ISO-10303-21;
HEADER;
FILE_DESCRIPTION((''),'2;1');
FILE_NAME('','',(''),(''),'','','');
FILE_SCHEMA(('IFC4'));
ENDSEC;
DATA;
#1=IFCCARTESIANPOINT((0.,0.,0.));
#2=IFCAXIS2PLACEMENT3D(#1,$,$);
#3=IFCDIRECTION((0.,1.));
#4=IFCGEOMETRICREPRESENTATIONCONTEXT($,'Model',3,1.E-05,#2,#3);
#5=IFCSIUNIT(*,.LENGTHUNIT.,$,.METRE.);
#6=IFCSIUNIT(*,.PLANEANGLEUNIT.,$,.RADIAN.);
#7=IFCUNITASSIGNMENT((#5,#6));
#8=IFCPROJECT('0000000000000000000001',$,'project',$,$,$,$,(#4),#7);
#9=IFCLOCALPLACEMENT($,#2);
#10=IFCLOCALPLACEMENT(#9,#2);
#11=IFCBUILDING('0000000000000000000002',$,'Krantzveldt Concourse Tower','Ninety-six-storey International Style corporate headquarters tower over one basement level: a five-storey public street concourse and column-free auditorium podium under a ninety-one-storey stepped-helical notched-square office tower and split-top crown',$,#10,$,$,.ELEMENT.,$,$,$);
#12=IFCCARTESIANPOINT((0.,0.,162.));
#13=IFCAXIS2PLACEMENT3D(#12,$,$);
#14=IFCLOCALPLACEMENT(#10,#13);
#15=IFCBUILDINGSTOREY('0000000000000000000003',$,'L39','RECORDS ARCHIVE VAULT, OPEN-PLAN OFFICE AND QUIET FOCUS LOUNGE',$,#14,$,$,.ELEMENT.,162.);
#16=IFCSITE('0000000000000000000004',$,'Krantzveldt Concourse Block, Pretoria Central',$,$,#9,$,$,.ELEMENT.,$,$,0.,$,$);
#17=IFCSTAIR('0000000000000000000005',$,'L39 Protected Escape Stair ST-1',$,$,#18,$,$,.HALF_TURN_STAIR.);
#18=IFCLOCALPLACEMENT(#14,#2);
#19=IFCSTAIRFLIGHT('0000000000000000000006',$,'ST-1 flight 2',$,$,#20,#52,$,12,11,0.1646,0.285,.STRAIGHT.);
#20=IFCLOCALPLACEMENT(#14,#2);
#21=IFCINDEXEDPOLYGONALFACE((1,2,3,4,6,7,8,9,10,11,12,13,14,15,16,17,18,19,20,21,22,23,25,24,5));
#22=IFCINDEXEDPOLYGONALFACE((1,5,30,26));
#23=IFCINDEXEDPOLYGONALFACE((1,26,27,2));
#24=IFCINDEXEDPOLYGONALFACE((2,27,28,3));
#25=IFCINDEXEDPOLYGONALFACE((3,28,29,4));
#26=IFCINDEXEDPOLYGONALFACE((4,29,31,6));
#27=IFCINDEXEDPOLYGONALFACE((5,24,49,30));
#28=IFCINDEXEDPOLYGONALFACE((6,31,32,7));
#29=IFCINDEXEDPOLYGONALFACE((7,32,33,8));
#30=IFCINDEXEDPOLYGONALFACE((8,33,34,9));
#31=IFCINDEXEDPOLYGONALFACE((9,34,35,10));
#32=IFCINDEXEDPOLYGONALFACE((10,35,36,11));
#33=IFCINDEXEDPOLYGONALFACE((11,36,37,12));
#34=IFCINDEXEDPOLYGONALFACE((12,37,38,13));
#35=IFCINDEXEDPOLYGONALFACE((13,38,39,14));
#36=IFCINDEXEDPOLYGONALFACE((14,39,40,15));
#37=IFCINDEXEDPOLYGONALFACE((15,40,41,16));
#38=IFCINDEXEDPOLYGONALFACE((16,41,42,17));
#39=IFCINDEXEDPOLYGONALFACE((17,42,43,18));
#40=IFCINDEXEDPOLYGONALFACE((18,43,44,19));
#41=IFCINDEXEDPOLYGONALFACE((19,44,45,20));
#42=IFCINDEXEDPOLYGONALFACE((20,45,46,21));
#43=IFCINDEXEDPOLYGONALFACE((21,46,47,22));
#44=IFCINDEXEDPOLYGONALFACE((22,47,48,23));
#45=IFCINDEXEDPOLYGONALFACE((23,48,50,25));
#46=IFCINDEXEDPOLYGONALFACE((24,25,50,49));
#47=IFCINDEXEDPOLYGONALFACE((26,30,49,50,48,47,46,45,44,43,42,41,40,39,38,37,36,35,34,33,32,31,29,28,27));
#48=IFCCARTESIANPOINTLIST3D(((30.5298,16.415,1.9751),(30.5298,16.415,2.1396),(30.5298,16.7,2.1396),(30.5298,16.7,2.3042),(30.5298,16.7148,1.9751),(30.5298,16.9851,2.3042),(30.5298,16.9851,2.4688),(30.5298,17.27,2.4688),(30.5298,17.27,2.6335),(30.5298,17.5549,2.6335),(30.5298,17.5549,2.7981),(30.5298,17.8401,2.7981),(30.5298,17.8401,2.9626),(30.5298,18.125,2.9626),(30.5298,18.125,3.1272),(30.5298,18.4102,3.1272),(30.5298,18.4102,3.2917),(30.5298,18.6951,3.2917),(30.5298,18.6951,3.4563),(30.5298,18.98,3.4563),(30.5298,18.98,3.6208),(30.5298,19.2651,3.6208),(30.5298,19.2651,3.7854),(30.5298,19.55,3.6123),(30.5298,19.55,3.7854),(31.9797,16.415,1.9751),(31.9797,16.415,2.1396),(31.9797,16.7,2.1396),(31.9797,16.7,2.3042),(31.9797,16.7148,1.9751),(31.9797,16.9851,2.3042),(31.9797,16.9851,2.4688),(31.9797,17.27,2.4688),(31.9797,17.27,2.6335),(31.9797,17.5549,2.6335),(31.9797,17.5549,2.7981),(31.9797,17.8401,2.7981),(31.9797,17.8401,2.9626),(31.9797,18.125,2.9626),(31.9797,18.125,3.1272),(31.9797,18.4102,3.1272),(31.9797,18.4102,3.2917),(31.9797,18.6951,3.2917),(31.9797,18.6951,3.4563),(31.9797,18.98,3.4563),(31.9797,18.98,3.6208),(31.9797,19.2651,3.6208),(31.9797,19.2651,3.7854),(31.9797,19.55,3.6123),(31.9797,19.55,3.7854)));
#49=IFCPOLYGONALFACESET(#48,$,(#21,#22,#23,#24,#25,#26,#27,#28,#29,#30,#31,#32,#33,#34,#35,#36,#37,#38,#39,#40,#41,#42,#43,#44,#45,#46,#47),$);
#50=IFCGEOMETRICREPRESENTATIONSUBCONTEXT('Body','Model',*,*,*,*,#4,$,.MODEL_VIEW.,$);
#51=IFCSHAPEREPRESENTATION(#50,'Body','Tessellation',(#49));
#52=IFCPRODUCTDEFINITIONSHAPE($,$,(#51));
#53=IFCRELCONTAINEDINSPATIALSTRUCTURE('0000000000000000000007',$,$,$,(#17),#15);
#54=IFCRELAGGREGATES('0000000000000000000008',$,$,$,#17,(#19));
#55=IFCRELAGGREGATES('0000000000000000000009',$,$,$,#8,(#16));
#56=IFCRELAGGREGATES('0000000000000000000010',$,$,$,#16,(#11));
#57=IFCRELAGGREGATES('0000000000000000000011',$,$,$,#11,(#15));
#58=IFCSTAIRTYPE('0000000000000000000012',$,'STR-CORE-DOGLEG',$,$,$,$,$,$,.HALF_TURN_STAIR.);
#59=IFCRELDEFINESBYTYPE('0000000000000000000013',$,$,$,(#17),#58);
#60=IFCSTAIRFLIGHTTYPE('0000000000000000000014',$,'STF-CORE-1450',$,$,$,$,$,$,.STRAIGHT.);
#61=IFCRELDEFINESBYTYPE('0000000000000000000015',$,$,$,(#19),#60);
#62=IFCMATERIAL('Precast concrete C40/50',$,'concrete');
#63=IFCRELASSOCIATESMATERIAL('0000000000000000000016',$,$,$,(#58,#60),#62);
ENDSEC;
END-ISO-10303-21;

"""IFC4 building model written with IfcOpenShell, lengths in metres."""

from ifc_helpers import new_model, si_unit, direction, frame, origin, place, context, subcontext, project, spatial, polyline, outline, extrude, material, type_object, element, aggregate, save


model = new_model("IFC4")

# Units and contexts
model_context = context("Model", 3, precision=1e-05, world=origin(), true_north=direction((0.0, 1.0)))
body_context = subcontext(model_context, "Body", "Model", "MODEL_VIEW")
ifc_project = project(units=[si_unit("LENGTHUNIT", "METRE"), si_unit("PLANEANGLEUNIT", "RADIAN")], contexts=[model_context])

# Site, building, storey
site_placement = place(None, origin())
site = spatial("IfcSite", under=ifc_project, at=site_placement, Name="Krantzveldt Concourse Block, Pretoria Central", CompositionType="ELEMENT", RefElevation=0.0)
building_placement = place(site_placement, origin())
building = spatial("IfcBuilding", under=site, at=building_placement, Name="Krantzveldt Concourse Tower", Description="Ninety-six-storey International Style corporate headquarters tower over one basement level: a five-storey public street concourse and column-free auditorium podium under a ninety-one-storey stepped-helical notched-square office tower and split-top crown", CompositionType="ELEMENT")
storey_placement = place(building_placement, frame((0.0, 0.0, 162.0)))
storey = spatial("IfcBuildingStorey", under=building, at=storey_placement, Name="L39", Description="RECORDS ARCHIVE VAULT, OPEN-PLAN OFFICE AND QUIET FOCUS LOUNGE", CompositionType="ELEMENT", Elevation=162.0)

# Stair, stair flight
ifc_material_1 = material(Name="Precast concrete C40/50", Category="concrete")
stair_type = type_object("IfcStairType", Name="STR-CORE-DOGLEG", PredefinedType="HALF_TURN_STAIR", material=ifc_material_1)
stair_placement = place(storey_placement, origin())
stair = element("IfcStair", 1, at=stair_placement, inside=storey, type_object=stair_type, Name="L39 Protected Escape Stair ST-1", PredefinedType="HALF_TURN_STAIR")
stair_flight_type = type_object("IfcStairFlightType", Name="STF-CORE-1450", PredefinedType="STRAIGHT", material=ifc_material_1)
stair_flight_1_placement = place(storey_placement, frame((31.2549, 16.415, 1.9751), z_axis=(0.0, 0.0, 1.0), x_axis=(0.0, 1.0, 0.0)))
stair_flight_1 = element("IfcStairFlight", 2, at=stair_flight_1_placement, type_object=stair_flight_type, Name="ST-1 flight 2", NumberOfRisers=12, NumberOfTreads=11, PredefinedType="STRAIGHT", RiserHeight=0.1646, TreadLength=0.285, context=body_context, shape_type="SweptSolid", body=[
    extrude(outline(polyline([(0.0, 0.0), (0.0, 0.1646), (0.2849, 0.1646), (0.2849, 0.3291), (0.5701, 0.3291), (0.5701, 0.4937), (0.855, 0.4937), (0.855, 0.6584), (1.1399, 0.6584), (1.1399, 0.823), (1.425, 0.823), (1.425, 0.9875), (1.71, 0.9875), (1.71, 1.1521), (1.9951, 1.1521), (1.9951, 1.3167), (2.28, 1.3167), (2.28, 1.4812), (2.5649, 1.4812), (2.5649, 1.6458), (2.8501, 1.6458), (2.8501, 1.8103), (3.135, 1.8103), (3.135, 1.9751), (3.135, 1.6372), (0.2998, 0.0), (0.0, 0.0)])), frame((0.0, 0.7251, 0.0), z_axis=(0.0, -1.0, 0.0), x_axis=(1.0, 0.0, 0.0)), (0.0, 0.0, 1.0), 1.45),
])
aggregate(stair, [stair_flight_1])

save(model, "model.ifc")
